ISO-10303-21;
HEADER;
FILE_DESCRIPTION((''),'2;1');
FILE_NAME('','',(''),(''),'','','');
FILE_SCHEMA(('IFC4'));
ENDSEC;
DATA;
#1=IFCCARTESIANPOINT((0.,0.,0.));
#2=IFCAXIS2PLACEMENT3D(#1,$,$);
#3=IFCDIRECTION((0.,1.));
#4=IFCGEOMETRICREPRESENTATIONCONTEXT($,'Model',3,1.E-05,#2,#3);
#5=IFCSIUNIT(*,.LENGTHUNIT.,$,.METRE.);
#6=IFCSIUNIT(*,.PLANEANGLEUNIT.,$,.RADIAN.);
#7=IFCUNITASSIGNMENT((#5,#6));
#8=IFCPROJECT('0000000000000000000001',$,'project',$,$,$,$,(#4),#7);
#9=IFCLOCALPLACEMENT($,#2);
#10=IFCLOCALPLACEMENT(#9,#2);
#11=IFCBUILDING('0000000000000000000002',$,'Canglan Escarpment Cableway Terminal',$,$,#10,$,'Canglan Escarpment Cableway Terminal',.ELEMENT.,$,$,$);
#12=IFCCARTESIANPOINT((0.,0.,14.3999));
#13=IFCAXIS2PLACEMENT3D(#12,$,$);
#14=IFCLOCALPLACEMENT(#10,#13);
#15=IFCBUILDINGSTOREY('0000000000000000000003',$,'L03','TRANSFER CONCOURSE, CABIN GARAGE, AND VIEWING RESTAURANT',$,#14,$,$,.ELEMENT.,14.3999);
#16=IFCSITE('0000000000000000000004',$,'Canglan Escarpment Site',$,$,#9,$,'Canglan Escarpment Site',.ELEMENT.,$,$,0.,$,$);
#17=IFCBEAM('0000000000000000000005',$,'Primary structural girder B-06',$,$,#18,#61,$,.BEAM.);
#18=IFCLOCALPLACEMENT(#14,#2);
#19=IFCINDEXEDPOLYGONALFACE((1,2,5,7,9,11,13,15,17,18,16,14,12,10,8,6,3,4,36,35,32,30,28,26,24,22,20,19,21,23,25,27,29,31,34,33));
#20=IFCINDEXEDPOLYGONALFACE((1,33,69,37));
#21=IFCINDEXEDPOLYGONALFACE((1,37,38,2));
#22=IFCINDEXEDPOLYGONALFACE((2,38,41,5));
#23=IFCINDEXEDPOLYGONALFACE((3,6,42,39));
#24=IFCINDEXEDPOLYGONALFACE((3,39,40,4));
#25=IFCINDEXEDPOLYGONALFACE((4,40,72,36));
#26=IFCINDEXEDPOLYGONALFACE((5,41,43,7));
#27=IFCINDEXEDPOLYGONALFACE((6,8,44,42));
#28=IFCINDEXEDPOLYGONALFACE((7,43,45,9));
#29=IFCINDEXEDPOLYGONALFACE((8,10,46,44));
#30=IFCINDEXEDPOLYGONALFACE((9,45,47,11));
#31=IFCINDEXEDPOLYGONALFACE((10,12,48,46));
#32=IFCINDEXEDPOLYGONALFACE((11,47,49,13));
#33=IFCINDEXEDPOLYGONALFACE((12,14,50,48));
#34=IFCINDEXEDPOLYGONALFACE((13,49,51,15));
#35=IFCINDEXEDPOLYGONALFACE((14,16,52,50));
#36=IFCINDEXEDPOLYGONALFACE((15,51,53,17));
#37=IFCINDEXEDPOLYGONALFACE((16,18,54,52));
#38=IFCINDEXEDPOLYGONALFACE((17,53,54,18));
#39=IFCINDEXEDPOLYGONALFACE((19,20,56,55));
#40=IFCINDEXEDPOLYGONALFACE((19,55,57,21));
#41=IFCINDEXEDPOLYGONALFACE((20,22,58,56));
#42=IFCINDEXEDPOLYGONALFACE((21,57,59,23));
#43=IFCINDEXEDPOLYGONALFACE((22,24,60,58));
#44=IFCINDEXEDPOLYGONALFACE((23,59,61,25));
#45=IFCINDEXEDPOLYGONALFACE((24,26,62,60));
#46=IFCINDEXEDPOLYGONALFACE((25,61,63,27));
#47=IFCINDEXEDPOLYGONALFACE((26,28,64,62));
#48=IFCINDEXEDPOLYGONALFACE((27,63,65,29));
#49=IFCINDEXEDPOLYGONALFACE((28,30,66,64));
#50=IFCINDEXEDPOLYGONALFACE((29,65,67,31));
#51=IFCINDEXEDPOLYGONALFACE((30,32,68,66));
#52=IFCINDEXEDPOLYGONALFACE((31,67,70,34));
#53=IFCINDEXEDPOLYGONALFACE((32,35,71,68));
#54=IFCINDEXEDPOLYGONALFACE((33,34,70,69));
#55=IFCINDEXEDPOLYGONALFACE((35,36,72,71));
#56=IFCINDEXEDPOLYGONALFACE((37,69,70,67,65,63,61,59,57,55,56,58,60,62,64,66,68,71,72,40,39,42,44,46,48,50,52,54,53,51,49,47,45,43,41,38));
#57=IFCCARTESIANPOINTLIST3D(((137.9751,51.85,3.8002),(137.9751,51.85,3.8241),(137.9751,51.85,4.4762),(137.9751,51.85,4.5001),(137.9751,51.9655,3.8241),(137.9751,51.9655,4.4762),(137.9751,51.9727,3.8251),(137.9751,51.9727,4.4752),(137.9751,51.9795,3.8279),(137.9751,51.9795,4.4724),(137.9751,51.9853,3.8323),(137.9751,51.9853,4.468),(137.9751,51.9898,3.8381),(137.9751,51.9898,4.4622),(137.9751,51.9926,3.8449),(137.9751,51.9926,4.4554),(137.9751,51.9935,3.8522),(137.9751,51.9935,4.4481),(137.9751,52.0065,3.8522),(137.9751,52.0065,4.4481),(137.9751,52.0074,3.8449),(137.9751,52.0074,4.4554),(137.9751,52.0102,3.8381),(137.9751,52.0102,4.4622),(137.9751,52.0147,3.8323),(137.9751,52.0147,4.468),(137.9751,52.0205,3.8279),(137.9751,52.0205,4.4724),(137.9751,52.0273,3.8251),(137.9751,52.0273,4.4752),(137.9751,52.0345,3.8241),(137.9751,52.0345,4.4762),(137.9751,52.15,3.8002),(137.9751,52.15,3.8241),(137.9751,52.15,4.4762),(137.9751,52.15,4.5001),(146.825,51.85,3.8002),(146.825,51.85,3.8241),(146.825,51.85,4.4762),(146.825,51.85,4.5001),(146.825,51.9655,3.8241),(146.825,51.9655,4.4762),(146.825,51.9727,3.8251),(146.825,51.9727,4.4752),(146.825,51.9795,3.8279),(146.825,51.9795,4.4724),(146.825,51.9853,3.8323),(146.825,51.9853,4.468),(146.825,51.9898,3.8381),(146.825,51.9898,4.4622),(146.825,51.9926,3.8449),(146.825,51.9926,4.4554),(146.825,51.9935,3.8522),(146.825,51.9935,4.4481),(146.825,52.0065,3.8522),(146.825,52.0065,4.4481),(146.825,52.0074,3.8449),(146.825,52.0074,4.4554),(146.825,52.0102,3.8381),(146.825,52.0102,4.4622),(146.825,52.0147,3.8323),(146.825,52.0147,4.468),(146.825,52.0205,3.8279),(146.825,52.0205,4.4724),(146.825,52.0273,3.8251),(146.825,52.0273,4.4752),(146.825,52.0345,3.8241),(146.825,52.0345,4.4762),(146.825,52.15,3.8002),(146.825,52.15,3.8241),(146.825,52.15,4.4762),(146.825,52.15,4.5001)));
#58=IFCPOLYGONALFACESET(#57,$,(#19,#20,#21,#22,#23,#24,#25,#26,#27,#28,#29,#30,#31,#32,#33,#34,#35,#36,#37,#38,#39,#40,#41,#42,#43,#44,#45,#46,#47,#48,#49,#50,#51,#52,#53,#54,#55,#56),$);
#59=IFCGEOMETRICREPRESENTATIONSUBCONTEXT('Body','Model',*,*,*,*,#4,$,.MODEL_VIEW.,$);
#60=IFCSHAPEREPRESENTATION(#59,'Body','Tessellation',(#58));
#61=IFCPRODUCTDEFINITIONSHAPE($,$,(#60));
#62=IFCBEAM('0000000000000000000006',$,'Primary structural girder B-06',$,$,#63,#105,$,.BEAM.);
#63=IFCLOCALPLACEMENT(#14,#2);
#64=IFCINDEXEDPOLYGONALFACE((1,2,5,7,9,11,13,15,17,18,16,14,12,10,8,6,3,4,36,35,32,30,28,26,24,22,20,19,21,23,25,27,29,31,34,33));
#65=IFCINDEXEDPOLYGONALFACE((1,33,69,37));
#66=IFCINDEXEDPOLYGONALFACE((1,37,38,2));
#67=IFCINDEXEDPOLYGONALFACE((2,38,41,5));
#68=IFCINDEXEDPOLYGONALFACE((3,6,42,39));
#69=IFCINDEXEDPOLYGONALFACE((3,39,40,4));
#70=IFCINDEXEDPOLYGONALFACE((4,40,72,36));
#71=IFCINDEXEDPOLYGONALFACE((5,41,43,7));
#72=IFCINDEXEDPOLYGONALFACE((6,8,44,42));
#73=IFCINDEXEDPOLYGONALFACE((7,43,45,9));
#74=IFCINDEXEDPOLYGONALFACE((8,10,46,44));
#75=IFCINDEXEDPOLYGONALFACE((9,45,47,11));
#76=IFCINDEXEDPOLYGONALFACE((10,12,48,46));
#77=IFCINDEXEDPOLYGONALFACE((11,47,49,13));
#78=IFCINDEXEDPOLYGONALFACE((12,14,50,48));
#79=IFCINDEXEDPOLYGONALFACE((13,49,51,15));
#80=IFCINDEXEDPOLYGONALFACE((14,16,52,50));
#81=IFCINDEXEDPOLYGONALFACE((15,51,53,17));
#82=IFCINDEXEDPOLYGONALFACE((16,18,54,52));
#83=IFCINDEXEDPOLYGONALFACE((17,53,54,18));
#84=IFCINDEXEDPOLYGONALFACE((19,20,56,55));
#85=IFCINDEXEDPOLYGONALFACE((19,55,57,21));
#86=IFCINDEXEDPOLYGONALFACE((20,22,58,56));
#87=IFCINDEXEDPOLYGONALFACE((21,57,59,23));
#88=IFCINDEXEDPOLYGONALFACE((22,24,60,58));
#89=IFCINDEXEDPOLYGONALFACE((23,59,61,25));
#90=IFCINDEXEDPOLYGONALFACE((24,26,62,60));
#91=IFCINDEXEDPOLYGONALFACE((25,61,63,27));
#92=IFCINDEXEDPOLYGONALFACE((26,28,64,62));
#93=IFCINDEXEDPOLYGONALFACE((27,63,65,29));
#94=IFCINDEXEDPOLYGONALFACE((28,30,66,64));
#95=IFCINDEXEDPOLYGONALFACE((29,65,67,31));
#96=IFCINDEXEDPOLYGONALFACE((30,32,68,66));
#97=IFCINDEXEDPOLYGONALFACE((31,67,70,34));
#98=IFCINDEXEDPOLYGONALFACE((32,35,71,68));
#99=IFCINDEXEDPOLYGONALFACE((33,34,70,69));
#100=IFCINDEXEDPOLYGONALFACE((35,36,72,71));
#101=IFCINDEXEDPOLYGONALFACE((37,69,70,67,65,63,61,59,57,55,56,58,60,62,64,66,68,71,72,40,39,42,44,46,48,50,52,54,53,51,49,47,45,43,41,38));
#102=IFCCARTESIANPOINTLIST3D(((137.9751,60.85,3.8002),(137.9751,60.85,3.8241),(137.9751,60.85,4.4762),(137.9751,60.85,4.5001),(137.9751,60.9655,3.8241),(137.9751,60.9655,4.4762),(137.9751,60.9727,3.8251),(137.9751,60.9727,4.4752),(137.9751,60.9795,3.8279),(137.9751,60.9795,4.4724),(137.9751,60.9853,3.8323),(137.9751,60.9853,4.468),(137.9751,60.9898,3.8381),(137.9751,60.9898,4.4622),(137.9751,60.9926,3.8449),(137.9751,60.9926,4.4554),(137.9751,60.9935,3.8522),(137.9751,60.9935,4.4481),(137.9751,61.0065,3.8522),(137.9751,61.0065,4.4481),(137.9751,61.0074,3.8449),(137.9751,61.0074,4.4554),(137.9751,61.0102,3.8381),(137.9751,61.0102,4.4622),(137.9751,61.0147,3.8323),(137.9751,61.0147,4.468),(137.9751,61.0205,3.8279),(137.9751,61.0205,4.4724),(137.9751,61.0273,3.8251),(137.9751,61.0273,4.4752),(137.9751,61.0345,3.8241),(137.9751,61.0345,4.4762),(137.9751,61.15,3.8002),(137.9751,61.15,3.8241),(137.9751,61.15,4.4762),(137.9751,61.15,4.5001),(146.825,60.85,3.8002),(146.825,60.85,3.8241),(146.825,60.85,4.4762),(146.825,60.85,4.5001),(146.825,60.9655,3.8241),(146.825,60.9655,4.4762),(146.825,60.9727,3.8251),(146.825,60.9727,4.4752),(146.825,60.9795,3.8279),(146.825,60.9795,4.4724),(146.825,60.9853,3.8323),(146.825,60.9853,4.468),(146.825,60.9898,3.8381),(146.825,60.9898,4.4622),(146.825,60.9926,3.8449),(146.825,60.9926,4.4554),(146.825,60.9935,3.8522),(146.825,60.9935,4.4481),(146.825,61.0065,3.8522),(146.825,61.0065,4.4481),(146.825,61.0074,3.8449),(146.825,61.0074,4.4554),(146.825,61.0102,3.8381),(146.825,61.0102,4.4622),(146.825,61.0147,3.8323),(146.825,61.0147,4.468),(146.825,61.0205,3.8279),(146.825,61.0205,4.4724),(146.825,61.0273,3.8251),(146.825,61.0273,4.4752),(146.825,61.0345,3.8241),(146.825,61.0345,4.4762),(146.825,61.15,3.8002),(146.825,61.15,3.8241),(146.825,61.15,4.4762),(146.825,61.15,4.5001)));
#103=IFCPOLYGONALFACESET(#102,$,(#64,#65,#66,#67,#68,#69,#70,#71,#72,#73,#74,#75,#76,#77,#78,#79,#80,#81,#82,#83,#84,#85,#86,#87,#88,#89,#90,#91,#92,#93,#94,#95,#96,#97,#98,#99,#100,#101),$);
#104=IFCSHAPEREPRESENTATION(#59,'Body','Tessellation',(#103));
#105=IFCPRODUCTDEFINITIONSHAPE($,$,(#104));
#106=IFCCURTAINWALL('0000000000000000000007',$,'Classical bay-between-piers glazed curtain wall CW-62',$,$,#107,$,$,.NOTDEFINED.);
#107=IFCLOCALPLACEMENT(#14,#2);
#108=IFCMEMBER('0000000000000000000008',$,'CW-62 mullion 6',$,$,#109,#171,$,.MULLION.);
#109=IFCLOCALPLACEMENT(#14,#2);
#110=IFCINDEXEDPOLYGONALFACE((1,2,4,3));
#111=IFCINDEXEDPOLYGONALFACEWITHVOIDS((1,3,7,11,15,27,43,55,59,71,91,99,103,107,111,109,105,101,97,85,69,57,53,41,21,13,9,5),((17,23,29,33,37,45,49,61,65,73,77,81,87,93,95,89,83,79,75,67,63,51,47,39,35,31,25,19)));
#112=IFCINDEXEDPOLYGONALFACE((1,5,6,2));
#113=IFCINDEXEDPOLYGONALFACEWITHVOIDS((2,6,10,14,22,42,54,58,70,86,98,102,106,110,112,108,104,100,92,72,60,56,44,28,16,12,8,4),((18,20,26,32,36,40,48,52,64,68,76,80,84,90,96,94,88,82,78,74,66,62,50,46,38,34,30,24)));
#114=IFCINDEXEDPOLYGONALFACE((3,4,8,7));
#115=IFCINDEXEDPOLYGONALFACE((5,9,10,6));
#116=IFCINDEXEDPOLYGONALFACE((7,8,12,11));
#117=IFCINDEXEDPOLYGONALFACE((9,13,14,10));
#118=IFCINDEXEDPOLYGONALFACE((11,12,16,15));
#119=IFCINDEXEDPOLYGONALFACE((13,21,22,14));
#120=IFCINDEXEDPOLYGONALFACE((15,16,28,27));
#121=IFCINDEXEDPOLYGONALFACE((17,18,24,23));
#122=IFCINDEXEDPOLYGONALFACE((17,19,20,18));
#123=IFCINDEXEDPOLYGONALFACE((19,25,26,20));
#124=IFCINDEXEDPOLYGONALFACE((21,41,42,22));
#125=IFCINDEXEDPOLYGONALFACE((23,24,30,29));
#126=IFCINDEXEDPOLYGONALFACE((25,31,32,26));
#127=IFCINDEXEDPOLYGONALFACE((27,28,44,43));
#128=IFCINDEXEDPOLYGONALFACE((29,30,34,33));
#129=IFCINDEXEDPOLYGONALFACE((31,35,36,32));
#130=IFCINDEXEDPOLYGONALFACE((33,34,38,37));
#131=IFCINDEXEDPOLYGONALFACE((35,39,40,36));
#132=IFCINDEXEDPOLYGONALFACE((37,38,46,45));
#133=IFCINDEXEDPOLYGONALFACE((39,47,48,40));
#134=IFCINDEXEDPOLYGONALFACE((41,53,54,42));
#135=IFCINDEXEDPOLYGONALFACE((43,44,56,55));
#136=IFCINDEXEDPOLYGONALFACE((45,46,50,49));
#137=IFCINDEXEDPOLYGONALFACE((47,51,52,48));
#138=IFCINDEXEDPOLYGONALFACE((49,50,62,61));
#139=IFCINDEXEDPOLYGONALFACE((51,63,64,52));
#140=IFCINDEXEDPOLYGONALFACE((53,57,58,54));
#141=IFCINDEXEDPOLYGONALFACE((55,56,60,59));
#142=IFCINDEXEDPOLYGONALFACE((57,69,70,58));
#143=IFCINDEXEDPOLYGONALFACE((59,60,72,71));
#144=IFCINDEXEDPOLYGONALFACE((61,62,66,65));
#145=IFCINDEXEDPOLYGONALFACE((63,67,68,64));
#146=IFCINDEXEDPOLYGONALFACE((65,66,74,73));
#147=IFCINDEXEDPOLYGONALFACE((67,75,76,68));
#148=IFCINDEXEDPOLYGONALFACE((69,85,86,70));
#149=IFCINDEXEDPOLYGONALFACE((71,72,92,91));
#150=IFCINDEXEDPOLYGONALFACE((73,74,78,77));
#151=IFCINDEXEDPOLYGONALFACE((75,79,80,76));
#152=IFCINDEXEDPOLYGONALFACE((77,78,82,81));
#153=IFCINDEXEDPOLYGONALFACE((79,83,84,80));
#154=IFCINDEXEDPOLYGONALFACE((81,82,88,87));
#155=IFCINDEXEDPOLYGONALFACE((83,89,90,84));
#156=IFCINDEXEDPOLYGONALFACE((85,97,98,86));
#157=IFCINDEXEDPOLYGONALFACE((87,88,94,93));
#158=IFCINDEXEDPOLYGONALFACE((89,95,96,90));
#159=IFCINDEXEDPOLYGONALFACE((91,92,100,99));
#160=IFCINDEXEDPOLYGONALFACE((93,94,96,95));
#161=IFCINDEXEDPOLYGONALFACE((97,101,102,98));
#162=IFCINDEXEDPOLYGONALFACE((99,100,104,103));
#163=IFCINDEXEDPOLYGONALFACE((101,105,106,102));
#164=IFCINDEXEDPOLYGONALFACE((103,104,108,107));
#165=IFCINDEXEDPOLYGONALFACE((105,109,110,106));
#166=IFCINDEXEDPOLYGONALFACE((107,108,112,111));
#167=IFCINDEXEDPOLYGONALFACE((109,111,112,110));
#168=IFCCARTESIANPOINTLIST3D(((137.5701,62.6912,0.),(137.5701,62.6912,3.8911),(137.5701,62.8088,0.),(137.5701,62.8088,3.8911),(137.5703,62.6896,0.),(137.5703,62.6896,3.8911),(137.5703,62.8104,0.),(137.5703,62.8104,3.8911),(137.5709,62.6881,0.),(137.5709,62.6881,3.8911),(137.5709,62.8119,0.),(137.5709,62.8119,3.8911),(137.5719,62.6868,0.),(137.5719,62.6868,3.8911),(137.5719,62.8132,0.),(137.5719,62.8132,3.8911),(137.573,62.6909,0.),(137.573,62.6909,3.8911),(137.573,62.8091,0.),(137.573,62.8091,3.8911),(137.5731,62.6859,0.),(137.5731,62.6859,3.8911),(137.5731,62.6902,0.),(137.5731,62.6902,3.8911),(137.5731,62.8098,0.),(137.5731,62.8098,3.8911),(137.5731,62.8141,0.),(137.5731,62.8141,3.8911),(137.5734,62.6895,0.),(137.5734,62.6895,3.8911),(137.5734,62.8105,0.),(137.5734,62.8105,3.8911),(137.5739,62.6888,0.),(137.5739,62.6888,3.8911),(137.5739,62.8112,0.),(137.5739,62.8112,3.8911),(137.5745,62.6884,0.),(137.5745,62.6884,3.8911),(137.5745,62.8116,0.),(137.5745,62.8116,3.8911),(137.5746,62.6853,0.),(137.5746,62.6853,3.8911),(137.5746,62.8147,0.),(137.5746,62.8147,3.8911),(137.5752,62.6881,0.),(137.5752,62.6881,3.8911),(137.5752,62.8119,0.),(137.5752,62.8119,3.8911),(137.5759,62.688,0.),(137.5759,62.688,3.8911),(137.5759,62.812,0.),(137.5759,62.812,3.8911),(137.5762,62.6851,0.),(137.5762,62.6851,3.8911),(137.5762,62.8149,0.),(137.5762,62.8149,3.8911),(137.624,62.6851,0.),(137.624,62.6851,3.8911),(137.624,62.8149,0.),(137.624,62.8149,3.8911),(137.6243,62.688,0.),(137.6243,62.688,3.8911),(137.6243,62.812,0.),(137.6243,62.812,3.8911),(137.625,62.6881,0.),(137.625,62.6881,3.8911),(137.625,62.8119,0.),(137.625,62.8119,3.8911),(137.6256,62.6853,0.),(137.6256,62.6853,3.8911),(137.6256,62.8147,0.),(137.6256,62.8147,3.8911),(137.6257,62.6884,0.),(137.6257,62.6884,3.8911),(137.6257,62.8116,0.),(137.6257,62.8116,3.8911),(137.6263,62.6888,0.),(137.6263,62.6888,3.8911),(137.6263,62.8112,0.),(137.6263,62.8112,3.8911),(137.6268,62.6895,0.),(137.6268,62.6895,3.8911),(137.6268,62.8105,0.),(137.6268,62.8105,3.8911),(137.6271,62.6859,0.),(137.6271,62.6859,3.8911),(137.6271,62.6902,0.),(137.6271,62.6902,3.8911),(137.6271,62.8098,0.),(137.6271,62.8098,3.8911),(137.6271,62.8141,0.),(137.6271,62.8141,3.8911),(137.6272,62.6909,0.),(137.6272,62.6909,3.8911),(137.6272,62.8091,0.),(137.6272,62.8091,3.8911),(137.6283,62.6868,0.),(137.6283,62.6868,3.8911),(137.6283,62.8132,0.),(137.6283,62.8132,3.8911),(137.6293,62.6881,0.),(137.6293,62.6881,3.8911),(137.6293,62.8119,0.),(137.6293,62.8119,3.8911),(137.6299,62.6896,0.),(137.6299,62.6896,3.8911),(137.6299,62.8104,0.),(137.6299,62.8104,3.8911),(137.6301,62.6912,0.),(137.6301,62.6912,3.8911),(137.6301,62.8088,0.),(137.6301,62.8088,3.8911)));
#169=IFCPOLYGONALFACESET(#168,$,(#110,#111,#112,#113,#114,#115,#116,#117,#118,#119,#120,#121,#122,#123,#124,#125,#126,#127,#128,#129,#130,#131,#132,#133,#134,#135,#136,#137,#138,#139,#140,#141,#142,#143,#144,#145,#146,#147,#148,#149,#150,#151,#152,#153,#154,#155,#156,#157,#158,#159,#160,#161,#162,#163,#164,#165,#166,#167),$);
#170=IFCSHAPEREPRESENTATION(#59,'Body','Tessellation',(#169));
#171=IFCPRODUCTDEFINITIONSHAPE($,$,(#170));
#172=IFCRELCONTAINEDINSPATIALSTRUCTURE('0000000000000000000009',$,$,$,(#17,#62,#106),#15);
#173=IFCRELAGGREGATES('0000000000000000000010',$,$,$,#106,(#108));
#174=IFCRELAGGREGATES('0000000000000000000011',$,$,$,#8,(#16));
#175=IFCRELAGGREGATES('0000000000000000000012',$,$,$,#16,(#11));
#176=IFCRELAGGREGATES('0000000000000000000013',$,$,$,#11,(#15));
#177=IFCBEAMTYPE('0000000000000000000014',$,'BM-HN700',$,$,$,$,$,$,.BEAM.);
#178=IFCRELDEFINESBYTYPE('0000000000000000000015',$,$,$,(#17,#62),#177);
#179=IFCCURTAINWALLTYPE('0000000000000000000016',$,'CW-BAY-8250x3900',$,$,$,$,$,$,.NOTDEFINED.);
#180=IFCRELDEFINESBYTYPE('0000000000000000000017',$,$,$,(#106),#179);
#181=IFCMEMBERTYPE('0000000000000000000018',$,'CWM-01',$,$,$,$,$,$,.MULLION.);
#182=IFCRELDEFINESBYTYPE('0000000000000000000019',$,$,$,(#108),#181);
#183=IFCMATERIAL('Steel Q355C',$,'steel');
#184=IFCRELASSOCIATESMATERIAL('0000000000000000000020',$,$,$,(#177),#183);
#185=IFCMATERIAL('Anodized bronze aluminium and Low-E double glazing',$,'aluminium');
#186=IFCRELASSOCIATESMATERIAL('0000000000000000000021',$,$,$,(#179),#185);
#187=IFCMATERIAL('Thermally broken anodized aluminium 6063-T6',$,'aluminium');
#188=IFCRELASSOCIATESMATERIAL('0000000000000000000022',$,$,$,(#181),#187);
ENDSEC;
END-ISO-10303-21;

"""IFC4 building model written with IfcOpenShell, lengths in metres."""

from ifc_helpers import new_model, si_unit, direction, frame, origin, origin_2d, place, context, subcontext, project, spatial, hollow_rectangle, i_section, extrude, material, material_profile, profile_set, type_object, element, aggregate, save


model = new_model("IFC4")

# Units and contexts
model_context = context("Model", 3, precision=1e-05, world=origin(), true_north=direction((0.0, 1.0)))
body_context = subcontext(model_context, "Body", "Model", "MODEL_VIEW")
ifc_project = project(units=[si_unit("LENGTHUNIT", "METRE"), si_unit("PLANEANGLEUNIT", "RADIAN")], contexts=[model_context])

# Site, building, storey
site_placement = place(None, origin())
site = spatial("IfcSite", under=ifc_project, at=site_placement, Name="Canglan Escarpment Site", LongName="Canglan Escarpment Site", CompositionType="ELEMENT", RefElevation=0.0)
building_placement = place(site_placement, origin())
building = spatial("IfcBuilding", under=site, at=building_placement, Name="Canglan Escarpment Cableway Terminal", LongName="Canglan Escarpment Cableway Terminal", CompositionType="ELEMENT")
storey_placement = place(building_placement, frame((0.0, 0.0, 14.3999)))
storey = spatial("IfcBuildingStorey", under=building, at=storey_placement, Name="L03", Description="TRANSFER CONCOURSE, CABIN GARAGE, AND VIEWING RESTAURANT", CompositionType="ELEMENT", Elevation=14.3999)

# Beams
ifc_material_1 = material(Name="Steel Q355C", Category="steel")
ifc_material_profile_1 = material_profile(ifc_material_1, i_section(OverallWidth=0.3, OverallDepth=0.7, WebThickness=0.0129, FlangeThickness=0.0239, FilletRadius=0.0281, at=origin_2d()), Name="HN 700x300x13x24")
ifc_profile_set_1 = profile_set([ifc_material_profile_1], Name="Steel Q355C")
beam_type_1 = type_object("IfcBeamType", Name="BM-HN700", PredefinedType="BEAM", material=ifc_profile_set_1)
for number, where, z_axis, x_axis, name in (
    (1, (137.9751, 52.0, 4.1501), (1.0, 0.0, 0.0), (0.0, 1.0, 0.0), "Primary structural girder B-06"),
    (2, (137.9751, 61.0, 4.1501), (1.0, 0.0, 0.0), (0.0, 1.0, 0.0), "Primary structural girder B-06"),
):
    element("IfcBeam", number, at=place(storey_placement, frame(where, z_axis=z_axis, x_axis=x_axis)), inside=storey, type_object=beam_type_1, Name=name, PredefinedType="BEAM", context=body_context, shape_type="SweptSolid", body=[
        extrude(i_section(OverallWidth=0.3, OverallDepth=0.7, WebThickness=0.0129, FlangeThickness=0.0239, FilletRadius=0.0281, at=origin_2d()), origin(), (0.0, 0.0, 1.0), 8.8499),
    ])

# Curtain wall, member
ifc_material_2 = material(Name="Anodized bronze aluminium and Low-E double glazing", Category="aluminium")
curtain_wall_type = type_object("IfcCurtainWallType", Name="CW-BAY-8250x3900", PredefinedType="NOTDEFINED", material=ifc_material_2)
curtain_wall_1_placement = place(storey_placement, origin())
curtain_wall_1 = element("IfcCurtainWall", 3, at=curtain_wall_1_placement, inside=storey, type_object=curtain_wall_type, Name="Classical bay-between-piers glazed curtain wall CW-62", PredefinedType="NOTDEFINED")
ifc_material_3 = material(Name="Thermally broken anodized aluminium 6063-T6", Category="aluminium")
ifc_material_profile_2 = material_profile(ifc_material_3, hollow_rectangle(XDim=0.0601, YDim=0.1299, WallThickness=0.0029, InnerFilletRadius=0.0029, OuterFilletRadius=0.0061, at=origin_2d()), Name="ALU-MULL 60x130x3")
ifc_profile_set_2 = profile_set([ifc_material_profile_2], Name="Thermally broken anodized aluminium 6063-T6")
member_type_1 = type_object("IfcMemberType", Name="CWM-01", PredefinedType="MULLION", material=ifc_profile_set_2)
member_1_placement = place(storey_placement, frame((137.6001, 62.75, 0.0), z_axis=(0.0, 0.0, 1.0), x_axis=(1.0, 0.0, 0.0)))
member_1 = element("IfcMember", 4, at=member_1_placement, type_object=member_type_1, Name="CW-62 mullion 6", PredefinedType="MULLION", context=body_context, shape_type="SweptSolid", body=[
    extrude(hollow_rectangle(XDim=0.0601, YDim=0.1299, WallThickness=0.0029, InnerFilletRadius=0.0029, OuterFilletRadius=0.0061, at=origin_2d()), origin(), (0.0, 0.0, 1.0), 3.8911),
])

aggregate(curtain_wall_1, [member_1])

save(model, "model.ifc")
